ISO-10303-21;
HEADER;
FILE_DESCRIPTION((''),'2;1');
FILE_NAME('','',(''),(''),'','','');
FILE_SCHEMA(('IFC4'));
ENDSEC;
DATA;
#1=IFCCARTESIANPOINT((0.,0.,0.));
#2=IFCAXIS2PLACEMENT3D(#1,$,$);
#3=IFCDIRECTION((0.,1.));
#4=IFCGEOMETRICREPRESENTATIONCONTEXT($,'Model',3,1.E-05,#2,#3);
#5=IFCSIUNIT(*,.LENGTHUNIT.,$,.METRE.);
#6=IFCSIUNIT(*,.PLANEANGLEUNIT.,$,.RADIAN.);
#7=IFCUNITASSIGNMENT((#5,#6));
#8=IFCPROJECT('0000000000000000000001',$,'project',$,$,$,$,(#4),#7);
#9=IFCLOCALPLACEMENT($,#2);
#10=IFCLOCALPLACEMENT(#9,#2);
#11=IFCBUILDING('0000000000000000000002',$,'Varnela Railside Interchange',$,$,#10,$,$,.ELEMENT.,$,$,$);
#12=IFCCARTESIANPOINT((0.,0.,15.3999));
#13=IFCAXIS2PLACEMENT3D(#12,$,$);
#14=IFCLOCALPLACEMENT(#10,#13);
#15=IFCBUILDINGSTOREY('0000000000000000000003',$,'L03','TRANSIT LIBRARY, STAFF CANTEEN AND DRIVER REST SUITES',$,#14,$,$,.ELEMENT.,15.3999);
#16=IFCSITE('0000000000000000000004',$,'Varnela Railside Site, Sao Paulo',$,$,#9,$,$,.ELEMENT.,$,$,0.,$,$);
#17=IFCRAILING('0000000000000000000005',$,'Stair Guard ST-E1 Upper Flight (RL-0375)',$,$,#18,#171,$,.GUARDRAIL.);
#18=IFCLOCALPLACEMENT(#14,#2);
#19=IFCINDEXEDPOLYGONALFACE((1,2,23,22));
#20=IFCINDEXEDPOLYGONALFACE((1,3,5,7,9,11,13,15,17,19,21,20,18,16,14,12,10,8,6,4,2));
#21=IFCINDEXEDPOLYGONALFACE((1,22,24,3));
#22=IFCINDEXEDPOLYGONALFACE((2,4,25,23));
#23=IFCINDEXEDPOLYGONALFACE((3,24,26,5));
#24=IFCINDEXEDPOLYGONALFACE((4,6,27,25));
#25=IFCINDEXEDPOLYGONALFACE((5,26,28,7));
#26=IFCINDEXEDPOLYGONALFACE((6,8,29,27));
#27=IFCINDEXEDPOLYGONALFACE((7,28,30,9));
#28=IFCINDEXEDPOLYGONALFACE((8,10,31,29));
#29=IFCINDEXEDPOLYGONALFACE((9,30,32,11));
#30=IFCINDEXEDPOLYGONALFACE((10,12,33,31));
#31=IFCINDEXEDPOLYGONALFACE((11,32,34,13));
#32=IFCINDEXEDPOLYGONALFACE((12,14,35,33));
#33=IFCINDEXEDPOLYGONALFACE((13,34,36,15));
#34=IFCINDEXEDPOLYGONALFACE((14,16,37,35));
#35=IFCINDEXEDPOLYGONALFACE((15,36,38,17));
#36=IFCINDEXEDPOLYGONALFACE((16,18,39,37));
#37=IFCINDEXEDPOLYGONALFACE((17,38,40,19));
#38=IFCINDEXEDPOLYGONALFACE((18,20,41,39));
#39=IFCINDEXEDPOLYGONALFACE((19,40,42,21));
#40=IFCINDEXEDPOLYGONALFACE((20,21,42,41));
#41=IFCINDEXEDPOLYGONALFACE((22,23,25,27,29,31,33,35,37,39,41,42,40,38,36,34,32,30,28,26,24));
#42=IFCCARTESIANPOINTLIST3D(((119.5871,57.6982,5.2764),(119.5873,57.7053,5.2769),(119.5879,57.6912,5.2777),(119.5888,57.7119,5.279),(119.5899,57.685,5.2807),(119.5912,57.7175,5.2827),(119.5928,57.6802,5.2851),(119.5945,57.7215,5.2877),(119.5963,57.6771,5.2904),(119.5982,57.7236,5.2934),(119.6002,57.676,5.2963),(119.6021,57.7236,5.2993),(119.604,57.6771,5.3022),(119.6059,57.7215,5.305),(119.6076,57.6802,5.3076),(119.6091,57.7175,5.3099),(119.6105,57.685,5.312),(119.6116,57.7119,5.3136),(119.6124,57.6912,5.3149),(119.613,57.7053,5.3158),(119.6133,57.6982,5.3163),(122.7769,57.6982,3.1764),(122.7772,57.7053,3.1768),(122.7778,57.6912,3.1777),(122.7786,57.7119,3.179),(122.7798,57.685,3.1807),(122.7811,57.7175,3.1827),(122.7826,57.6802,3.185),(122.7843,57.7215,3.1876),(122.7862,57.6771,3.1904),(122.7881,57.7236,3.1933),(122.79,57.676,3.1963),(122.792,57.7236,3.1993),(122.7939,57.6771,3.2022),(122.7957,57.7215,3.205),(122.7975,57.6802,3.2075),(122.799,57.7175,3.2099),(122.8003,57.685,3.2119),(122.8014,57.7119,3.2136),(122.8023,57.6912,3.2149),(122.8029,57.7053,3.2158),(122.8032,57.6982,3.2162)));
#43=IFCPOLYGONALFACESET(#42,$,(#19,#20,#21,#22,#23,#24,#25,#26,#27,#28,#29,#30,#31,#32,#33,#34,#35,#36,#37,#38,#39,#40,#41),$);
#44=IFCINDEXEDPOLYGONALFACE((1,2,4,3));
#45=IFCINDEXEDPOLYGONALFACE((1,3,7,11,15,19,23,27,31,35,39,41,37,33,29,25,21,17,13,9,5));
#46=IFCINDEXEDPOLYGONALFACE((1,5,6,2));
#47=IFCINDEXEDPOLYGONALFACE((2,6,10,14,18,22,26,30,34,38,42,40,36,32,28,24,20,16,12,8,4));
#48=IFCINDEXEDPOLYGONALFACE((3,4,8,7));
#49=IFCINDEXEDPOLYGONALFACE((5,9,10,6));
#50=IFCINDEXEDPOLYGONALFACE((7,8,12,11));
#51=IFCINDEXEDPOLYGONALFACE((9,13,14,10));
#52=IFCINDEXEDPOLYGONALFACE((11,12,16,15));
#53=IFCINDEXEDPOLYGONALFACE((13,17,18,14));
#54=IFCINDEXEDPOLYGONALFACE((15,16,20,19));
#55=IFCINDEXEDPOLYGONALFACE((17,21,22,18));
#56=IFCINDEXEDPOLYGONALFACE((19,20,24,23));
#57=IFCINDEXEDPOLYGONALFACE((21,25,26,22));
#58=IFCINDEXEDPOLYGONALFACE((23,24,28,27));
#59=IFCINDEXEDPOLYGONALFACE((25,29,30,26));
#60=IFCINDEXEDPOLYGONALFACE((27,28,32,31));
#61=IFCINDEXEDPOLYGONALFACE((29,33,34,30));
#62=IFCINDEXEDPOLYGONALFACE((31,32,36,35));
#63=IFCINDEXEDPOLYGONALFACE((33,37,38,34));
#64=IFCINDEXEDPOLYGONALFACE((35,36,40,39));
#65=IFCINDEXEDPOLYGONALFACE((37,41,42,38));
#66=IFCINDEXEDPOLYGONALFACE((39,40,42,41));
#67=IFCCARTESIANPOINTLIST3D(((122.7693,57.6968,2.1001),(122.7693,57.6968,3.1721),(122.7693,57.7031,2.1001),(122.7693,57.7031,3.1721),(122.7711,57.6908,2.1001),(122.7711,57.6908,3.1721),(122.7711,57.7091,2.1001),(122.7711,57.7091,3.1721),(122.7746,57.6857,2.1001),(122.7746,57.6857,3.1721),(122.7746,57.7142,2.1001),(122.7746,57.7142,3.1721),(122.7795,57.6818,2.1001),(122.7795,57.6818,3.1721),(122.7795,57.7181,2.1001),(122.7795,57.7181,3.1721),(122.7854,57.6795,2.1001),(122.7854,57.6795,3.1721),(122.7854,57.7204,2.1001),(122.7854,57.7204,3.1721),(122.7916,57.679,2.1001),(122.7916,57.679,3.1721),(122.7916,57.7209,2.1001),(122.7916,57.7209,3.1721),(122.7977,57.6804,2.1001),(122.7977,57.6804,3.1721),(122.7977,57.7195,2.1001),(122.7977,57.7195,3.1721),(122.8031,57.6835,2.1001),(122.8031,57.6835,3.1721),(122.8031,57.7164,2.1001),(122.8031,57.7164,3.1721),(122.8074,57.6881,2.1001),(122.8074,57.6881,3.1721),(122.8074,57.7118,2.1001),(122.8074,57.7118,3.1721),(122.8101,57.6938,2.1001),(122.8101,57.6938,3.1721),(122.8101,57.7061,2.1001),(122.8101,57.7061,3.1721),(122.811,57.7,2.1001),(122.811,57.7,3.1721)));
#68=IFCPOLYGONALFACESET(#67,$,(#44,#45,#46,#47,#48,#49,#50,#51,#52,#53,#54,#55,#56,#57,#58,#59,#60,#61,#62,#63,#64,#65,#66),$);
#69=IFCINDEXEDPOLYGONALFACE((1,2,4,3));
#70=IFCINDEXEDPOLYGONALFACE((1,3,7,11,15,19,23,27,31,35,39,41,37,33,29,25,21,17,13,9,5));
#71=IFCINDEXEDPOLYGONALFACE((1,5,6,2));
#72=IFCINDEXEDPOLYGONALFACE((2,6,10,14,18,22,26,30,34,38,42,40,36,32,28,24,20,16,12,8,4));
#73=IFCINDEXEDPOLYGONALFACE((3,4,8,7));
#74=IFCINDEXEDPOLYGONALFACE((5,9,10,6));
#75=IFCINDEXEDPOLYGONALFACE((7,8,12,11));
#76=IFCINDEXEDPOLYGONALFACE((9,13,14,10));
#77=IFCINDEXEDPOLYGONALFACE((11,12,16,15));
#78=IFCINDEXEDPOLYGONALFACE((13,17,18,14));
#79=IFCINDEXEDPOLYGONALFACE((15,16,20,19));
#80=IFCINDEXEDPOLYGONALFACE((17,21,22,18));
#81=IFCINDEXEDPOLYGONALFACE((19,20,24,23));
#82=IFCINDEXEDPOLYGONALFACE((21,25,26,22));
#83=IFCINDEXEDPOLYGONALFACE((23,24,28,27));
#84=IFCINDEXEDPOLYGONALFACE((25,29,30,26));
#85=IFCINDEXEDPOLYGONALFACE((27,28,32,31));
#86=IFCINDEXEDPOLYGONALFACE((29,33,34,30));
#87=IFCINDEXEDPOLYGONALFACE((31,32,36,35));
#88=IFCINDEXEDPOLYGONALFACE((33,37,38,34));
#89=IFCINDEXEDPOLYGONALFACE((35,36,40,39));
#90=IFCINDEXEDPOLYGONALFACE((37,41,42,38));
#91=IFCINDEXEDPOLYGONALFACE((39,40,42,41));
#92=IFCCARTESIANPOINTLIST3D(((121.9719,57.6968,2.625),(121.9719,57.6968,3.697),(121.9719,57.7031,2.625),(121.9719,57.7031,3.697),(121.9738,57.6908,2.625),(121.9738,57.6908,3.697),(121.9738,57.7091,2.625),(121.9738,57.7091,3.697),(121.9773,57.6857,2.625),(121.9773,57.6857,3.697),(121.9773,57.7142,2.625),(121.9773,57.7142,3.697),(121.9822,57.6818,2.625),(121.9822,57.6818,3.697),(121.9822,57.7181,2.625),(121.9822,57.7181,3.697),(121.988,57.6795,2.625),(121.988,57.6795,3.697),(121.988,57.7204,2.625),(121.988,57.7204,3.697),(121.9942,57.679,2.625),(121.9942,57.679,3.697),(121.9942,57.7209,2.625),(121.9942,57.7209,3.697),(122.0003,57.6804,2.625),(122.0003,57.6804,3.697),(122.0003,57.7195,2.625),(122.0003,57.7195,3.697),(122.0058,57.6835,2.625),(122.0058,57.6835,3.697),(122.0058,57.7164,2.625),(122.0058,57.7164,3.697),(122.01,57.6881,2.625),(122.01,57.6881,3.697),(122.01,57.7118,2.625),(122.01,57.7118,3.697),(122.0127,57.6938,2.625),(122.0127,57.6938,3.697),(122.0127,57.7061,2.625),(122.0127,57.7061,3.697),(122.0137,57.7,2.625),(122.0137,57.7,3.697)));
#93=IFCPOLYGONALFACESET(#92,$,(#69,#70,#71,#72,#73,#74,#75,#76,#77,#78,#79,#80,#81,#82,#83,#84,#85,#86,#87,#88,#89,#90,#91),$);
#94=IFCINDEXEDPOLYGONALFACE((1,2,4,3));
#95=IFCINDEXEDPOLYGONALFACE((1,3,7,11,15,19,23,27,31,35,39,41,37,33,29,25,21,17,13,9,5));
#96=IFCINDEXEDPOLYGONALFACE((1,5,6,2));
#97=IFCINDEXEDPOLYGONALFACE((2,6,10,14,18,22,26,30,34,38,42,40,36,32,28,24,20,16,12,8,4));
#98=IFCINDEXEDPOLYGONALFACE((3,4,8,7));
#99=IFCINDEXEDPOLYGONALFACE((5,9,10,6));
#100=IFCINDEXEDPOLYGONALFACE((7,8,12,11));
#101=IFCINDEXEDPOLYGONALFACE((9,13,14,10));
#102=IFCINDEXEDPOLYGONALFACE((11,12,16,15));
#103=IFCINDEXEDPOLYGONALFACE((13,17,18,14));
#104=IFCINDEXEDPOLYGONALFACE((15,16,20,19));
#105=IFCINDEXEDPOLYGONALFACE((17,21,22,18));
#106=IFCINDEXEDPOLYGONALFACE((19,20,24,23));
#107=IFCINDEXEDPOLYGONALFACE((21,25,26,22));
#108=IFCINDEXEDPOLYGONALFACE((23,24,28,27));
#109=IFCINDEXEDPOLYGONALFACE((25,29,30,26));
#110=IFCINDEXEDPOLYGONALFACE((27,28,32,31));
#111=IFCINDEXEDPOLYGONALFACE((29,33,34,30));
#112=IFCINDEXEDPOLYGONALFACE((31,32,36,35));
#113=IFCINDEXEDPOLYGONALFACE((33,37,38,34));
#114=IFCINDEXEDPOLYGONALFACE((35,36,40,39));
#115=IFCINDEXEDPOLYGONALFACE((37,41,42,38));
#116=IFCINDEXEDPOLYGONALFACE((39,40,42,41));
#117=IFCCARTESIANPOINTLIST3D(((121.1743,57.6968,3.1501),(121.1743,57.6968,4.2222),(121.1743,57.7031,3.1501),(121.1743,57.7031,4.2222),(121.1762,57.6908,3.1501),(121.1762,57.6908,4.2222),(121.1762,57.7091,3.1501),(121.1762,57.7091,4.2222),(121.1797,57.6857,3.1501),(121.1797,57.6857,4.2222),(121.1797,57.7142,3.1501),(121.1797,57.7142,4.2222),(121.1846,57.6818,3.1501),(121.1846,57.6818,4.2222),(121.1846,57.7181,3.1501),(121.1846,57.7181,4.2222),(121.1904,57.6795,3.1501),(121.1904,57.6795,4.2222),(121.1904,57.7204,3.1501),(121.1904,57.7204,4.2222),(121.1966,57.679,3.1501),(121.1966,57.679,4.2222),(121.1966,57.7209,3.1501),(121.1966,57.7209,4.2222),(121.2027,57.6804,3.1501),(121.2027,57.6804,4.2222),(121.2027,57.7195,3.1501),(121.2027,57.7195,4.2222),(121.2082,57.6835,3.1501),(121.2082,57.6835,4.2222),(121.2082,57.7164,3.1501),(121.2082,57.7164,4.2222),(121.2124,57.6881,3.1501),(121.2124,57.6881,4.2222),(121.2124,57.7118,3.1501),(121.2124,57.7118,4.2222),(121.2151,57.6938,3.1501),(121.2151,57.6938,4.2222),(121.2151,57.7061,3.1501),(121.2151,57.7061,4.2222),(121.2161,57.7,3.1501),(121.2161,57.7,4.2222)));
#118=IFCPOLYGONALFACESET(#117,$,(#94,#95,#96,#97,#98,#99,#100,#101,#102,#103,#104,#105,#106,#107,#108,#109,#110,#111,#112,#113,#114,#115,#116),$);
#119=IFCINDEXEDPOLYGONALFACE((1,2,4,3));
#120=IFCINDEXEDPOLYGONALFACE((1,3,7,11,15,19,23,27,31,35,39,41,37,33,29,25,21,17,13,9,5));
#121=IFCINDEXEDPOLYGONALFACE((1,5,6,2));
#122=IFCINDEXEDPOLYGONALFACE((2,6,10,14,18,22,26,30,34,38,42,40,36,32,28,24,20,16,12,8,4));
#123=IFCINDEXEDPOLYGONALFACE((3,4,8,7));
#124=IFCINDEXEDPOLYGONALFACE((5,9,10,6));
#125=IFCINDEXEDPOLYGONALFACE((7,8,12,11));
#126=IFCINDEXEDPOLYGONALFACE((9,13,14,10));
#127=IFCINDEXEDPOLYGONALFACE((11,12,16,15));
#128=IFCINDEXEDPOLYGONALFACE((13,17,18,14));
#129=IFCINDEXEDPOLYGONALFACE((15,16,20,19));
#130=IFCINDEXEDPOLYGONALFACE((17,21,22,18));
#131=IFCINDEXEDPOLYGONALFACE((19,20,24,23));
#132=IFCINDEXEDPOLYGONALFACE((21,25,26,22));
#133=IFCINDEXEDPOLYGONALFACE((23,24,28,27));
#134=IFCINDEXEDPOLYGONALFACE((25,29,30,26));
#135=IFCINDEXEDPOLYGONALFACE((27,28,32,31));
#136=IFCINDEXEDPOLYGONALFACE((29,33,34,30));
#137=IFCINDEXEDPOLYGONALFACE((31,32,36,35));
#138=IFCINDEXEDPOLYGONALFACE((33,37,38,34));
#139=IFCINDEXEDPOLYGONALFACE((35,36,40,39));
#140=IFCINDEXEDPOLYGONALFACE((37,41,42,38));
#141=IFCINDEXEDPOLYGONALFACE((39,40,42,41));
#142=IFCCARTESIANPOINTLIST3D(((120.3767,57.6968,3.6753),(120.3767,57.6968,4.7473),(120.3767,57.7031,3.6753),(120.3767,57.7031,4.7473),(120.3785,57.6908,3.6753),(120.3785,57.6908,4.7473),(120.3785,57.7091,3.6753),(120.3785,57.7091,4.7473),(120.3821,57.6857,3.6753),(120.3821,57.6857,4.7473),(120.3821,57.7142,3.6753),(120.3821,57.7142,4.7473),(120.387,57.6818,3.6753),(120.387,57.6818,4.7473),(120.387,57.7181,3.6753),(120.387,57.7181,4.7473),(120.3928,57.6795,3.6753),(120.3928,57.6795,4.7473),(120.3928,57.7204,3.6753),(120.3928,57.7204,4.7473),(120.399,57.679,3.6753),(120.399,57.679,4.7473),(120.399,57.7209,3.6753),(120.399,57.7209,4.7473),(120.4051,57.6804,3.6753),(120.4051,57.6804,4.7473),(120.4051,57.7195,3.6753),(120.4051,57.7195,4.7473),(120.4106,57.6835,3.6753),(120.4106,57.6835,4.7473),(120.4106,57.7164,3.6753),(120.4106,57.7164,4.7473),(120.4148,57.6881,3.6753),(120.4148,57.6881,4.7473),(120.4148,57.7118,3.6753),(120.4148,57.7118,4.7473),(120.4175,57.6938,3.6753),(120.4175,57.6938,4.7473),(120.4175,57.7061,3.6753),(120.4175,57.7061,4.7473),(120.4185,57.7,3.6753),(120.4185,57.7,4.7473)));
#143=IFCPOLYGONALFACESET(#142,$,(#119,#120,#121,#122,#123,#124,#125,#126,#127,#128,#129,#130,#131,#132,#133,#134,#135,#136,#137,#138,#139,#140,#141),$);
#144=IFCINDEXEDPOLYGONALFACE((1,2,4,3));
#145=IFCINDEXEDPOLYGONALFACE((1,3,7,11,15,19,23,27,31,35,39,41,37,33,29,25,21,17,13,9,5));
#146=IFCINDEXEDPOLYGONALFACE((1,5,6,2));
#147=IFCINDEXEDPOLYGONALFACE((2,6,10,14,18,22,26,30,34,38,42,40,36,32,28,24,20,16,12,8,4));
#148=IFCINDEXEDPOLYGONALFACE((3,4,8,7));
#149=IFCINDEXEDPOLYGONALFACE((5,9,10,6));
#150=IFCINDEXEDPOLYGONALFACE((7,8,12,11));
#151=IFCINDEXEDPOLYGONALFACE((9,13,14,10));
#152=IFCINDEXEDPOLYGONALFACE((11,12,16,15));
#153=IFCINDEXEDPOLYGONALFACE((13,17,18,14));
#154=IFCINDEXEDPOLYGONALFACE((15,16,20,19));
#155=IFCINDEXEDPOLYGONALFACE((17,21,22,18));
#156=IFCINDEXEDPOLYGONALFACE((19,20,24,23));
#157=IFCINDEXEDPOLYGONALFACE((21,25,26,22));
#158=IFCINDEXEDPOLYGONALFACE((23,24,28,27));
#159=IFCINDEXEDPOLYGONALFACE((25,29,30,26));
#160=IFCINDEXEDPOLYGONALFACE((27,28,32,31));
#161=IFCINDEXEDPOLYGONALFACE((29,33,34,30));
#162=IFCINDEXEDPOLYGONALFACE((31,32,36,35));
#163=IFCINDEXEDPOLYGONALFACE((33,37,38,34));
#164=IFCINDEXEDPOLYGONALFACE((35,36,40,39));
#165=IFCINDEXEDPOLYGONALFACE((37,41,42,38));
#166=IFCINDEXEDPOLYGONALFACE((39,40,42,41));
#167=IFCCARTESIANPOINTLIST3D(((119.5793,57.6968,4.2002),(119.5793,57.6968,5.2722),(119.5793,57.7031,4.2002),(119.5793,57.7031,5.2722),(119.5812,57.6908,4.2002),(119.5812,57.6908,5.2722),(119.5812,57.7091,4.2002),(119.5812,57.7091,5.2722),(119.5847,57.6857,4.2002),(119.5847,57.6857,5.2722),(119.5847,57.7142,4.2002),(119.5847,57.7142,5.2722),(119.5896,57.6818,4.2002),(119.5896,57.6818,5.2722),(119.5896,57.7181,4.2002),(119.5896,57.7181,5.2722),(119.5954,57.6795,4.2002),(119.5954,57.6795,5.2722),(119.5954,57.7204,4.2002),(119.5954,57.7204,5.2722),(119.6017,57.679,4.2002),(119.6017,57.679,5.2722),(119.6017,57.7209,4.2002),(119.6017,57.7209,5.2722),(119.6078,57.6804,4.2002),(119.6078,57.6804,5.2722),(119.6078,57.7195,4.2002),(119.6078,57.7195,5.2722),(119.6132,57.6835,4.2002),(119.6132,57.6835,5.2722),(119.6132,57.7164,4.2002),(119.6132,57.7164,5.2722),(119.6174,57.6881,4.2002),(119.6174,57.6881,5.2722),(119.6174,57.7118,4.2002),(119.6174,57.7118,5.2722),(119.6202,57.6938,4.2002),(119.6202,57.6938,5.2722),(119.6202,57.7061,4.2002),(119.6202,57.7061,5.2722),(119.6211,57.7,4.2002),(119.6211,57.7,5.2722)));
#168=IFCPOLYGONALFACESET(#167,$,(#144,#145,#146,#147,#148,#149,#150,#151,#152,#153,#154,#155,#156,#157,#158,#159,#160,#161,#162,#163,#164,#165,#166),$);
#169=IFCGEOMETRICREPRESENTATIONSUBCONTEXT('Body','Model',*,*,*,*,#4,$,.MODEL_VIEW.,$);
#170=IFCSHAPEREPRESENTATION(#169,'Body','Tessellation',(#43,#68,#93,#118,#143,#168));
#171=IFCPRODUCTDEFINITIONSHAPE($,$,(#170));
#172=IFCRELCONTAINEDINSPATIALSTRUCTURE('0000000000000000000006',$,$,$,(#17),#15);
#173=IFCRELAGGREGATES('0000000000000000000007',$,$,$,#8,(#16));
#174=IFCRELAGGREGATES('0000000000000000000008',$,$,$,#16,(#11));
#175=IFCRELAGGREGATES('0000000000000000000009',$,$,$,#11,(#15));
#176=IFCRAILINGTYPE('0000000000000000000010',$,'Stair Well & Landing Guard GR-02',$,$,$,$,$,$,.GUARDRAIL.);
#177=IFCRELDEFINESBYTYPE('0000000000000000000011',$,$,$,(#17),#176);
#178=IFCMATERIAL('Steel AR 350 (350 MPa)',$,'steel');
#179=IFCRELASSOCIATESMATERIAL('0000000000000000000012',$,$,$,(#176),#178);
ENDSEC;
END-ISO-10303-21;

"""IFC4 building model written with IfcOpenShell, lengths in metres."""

from ifc_helpers import new_model, si_unit, direction, frame, origin, origin_2d, place, context, subcontext, project, spatial, circle, extrude, material, type_object, element, save


model = new_model("IFC4")

# Units and contexts
model_context = context("Model", 3, precision=1e-05, world=origin(), true_north=direction((0.0, 1.0)))
body_context = subcontext(model_context, "Body", "Model", "MODEL_VIEW")
ifc_project = project(units=[si_unit("LENGTHUNIT", "METRE"), si_unit("PLANEANGLEUNIT", "RADIAN")], contexts=[model_context])

# Site, building, storey
site_placement = place(None, origin())
site = spatial("IfcSite", under=ifc_project, at=site_placement, Name="Varnela Railside Site, Sao Paulo", CompositionType="ELEMENT", RefElevation=0.0)
building_placement = place(site_placement, origin())
building = spatial("IfcBuilding", under=site, at=building_placement, Name="Varnela Railside Interchange", CompositionType="ELEMENT")
storey_placement = place(building_placement, frame((0.0, 0.0, 15.3999)))
storey = spatial("IfcBuildingStorey", under=building, at=storey_placement, Name="L03", Description="TRANSIT LIBRARY, STAFF CANTEEN AND DRIVER REST SUITES", CompositionType="ELEMENT", Elevation=15.3999)

# Shared definitions
ifc_material_1 = material(Name="Steel AR 350 (350 MPa)", Category="steel")

# Railing
railing_type_1 = type_object("IfcRailingType", Name="Stair Well & Landing Guard GR-02", PredefinedType="GUARDRAIL", material=ifc_material_1)
railing_1_placement = place(storey_placement, frame((122.79, 57.7, 2.1001)))
element("IfcRailing", 1, at=railing_1_placement, inside=storey, type_object=railing_type_1, Name="Stair Guard ST-E1 Upper Flight (RL-0375)", PredefinedType="GUARDRAIL", context=body_context, shape_type="SweptSolid", body=[
    extrude(circle(Radius=0.0239, at=origin_2d()), frame((0.0, 0.0, 1.0962), z_axis=(-0.835242, 0.0, 0.549882), x_axis=(0.0, -1.0, 0.0)), (0.0, 0.0, 1.0), 3.8191),
    extrude(circle(Radius=0.021, at=origin_2d()), origin(), (0.0, 0.0, 1.0), 1.072),
    extrude(circle(Radius=0.021, at=origin_2d()), frame((-0.7974, 0.0, 0.5249)), (0.0, 0.0, 1.0), 1.072),
    extrude(circle(Radius=0.021, at=origin_2d()), frame((-1.595, 0.0, 1.05)), (0.0, 0.0, 1.0), 1.072),
    extrude(circle(Radius=0.021, at=origin_2d()), frame((-2.3926, 0.0, 1.5752)), (0.0, 0.0, 1.0), 1.072),
    extrude(circle(Radius=0.021, at=origin_2d()), frame((-3.1899, 0.0, 2.1001)), (0.0, 0.0, 1.0), 1.072),
])

save(model, "model.ifc")
